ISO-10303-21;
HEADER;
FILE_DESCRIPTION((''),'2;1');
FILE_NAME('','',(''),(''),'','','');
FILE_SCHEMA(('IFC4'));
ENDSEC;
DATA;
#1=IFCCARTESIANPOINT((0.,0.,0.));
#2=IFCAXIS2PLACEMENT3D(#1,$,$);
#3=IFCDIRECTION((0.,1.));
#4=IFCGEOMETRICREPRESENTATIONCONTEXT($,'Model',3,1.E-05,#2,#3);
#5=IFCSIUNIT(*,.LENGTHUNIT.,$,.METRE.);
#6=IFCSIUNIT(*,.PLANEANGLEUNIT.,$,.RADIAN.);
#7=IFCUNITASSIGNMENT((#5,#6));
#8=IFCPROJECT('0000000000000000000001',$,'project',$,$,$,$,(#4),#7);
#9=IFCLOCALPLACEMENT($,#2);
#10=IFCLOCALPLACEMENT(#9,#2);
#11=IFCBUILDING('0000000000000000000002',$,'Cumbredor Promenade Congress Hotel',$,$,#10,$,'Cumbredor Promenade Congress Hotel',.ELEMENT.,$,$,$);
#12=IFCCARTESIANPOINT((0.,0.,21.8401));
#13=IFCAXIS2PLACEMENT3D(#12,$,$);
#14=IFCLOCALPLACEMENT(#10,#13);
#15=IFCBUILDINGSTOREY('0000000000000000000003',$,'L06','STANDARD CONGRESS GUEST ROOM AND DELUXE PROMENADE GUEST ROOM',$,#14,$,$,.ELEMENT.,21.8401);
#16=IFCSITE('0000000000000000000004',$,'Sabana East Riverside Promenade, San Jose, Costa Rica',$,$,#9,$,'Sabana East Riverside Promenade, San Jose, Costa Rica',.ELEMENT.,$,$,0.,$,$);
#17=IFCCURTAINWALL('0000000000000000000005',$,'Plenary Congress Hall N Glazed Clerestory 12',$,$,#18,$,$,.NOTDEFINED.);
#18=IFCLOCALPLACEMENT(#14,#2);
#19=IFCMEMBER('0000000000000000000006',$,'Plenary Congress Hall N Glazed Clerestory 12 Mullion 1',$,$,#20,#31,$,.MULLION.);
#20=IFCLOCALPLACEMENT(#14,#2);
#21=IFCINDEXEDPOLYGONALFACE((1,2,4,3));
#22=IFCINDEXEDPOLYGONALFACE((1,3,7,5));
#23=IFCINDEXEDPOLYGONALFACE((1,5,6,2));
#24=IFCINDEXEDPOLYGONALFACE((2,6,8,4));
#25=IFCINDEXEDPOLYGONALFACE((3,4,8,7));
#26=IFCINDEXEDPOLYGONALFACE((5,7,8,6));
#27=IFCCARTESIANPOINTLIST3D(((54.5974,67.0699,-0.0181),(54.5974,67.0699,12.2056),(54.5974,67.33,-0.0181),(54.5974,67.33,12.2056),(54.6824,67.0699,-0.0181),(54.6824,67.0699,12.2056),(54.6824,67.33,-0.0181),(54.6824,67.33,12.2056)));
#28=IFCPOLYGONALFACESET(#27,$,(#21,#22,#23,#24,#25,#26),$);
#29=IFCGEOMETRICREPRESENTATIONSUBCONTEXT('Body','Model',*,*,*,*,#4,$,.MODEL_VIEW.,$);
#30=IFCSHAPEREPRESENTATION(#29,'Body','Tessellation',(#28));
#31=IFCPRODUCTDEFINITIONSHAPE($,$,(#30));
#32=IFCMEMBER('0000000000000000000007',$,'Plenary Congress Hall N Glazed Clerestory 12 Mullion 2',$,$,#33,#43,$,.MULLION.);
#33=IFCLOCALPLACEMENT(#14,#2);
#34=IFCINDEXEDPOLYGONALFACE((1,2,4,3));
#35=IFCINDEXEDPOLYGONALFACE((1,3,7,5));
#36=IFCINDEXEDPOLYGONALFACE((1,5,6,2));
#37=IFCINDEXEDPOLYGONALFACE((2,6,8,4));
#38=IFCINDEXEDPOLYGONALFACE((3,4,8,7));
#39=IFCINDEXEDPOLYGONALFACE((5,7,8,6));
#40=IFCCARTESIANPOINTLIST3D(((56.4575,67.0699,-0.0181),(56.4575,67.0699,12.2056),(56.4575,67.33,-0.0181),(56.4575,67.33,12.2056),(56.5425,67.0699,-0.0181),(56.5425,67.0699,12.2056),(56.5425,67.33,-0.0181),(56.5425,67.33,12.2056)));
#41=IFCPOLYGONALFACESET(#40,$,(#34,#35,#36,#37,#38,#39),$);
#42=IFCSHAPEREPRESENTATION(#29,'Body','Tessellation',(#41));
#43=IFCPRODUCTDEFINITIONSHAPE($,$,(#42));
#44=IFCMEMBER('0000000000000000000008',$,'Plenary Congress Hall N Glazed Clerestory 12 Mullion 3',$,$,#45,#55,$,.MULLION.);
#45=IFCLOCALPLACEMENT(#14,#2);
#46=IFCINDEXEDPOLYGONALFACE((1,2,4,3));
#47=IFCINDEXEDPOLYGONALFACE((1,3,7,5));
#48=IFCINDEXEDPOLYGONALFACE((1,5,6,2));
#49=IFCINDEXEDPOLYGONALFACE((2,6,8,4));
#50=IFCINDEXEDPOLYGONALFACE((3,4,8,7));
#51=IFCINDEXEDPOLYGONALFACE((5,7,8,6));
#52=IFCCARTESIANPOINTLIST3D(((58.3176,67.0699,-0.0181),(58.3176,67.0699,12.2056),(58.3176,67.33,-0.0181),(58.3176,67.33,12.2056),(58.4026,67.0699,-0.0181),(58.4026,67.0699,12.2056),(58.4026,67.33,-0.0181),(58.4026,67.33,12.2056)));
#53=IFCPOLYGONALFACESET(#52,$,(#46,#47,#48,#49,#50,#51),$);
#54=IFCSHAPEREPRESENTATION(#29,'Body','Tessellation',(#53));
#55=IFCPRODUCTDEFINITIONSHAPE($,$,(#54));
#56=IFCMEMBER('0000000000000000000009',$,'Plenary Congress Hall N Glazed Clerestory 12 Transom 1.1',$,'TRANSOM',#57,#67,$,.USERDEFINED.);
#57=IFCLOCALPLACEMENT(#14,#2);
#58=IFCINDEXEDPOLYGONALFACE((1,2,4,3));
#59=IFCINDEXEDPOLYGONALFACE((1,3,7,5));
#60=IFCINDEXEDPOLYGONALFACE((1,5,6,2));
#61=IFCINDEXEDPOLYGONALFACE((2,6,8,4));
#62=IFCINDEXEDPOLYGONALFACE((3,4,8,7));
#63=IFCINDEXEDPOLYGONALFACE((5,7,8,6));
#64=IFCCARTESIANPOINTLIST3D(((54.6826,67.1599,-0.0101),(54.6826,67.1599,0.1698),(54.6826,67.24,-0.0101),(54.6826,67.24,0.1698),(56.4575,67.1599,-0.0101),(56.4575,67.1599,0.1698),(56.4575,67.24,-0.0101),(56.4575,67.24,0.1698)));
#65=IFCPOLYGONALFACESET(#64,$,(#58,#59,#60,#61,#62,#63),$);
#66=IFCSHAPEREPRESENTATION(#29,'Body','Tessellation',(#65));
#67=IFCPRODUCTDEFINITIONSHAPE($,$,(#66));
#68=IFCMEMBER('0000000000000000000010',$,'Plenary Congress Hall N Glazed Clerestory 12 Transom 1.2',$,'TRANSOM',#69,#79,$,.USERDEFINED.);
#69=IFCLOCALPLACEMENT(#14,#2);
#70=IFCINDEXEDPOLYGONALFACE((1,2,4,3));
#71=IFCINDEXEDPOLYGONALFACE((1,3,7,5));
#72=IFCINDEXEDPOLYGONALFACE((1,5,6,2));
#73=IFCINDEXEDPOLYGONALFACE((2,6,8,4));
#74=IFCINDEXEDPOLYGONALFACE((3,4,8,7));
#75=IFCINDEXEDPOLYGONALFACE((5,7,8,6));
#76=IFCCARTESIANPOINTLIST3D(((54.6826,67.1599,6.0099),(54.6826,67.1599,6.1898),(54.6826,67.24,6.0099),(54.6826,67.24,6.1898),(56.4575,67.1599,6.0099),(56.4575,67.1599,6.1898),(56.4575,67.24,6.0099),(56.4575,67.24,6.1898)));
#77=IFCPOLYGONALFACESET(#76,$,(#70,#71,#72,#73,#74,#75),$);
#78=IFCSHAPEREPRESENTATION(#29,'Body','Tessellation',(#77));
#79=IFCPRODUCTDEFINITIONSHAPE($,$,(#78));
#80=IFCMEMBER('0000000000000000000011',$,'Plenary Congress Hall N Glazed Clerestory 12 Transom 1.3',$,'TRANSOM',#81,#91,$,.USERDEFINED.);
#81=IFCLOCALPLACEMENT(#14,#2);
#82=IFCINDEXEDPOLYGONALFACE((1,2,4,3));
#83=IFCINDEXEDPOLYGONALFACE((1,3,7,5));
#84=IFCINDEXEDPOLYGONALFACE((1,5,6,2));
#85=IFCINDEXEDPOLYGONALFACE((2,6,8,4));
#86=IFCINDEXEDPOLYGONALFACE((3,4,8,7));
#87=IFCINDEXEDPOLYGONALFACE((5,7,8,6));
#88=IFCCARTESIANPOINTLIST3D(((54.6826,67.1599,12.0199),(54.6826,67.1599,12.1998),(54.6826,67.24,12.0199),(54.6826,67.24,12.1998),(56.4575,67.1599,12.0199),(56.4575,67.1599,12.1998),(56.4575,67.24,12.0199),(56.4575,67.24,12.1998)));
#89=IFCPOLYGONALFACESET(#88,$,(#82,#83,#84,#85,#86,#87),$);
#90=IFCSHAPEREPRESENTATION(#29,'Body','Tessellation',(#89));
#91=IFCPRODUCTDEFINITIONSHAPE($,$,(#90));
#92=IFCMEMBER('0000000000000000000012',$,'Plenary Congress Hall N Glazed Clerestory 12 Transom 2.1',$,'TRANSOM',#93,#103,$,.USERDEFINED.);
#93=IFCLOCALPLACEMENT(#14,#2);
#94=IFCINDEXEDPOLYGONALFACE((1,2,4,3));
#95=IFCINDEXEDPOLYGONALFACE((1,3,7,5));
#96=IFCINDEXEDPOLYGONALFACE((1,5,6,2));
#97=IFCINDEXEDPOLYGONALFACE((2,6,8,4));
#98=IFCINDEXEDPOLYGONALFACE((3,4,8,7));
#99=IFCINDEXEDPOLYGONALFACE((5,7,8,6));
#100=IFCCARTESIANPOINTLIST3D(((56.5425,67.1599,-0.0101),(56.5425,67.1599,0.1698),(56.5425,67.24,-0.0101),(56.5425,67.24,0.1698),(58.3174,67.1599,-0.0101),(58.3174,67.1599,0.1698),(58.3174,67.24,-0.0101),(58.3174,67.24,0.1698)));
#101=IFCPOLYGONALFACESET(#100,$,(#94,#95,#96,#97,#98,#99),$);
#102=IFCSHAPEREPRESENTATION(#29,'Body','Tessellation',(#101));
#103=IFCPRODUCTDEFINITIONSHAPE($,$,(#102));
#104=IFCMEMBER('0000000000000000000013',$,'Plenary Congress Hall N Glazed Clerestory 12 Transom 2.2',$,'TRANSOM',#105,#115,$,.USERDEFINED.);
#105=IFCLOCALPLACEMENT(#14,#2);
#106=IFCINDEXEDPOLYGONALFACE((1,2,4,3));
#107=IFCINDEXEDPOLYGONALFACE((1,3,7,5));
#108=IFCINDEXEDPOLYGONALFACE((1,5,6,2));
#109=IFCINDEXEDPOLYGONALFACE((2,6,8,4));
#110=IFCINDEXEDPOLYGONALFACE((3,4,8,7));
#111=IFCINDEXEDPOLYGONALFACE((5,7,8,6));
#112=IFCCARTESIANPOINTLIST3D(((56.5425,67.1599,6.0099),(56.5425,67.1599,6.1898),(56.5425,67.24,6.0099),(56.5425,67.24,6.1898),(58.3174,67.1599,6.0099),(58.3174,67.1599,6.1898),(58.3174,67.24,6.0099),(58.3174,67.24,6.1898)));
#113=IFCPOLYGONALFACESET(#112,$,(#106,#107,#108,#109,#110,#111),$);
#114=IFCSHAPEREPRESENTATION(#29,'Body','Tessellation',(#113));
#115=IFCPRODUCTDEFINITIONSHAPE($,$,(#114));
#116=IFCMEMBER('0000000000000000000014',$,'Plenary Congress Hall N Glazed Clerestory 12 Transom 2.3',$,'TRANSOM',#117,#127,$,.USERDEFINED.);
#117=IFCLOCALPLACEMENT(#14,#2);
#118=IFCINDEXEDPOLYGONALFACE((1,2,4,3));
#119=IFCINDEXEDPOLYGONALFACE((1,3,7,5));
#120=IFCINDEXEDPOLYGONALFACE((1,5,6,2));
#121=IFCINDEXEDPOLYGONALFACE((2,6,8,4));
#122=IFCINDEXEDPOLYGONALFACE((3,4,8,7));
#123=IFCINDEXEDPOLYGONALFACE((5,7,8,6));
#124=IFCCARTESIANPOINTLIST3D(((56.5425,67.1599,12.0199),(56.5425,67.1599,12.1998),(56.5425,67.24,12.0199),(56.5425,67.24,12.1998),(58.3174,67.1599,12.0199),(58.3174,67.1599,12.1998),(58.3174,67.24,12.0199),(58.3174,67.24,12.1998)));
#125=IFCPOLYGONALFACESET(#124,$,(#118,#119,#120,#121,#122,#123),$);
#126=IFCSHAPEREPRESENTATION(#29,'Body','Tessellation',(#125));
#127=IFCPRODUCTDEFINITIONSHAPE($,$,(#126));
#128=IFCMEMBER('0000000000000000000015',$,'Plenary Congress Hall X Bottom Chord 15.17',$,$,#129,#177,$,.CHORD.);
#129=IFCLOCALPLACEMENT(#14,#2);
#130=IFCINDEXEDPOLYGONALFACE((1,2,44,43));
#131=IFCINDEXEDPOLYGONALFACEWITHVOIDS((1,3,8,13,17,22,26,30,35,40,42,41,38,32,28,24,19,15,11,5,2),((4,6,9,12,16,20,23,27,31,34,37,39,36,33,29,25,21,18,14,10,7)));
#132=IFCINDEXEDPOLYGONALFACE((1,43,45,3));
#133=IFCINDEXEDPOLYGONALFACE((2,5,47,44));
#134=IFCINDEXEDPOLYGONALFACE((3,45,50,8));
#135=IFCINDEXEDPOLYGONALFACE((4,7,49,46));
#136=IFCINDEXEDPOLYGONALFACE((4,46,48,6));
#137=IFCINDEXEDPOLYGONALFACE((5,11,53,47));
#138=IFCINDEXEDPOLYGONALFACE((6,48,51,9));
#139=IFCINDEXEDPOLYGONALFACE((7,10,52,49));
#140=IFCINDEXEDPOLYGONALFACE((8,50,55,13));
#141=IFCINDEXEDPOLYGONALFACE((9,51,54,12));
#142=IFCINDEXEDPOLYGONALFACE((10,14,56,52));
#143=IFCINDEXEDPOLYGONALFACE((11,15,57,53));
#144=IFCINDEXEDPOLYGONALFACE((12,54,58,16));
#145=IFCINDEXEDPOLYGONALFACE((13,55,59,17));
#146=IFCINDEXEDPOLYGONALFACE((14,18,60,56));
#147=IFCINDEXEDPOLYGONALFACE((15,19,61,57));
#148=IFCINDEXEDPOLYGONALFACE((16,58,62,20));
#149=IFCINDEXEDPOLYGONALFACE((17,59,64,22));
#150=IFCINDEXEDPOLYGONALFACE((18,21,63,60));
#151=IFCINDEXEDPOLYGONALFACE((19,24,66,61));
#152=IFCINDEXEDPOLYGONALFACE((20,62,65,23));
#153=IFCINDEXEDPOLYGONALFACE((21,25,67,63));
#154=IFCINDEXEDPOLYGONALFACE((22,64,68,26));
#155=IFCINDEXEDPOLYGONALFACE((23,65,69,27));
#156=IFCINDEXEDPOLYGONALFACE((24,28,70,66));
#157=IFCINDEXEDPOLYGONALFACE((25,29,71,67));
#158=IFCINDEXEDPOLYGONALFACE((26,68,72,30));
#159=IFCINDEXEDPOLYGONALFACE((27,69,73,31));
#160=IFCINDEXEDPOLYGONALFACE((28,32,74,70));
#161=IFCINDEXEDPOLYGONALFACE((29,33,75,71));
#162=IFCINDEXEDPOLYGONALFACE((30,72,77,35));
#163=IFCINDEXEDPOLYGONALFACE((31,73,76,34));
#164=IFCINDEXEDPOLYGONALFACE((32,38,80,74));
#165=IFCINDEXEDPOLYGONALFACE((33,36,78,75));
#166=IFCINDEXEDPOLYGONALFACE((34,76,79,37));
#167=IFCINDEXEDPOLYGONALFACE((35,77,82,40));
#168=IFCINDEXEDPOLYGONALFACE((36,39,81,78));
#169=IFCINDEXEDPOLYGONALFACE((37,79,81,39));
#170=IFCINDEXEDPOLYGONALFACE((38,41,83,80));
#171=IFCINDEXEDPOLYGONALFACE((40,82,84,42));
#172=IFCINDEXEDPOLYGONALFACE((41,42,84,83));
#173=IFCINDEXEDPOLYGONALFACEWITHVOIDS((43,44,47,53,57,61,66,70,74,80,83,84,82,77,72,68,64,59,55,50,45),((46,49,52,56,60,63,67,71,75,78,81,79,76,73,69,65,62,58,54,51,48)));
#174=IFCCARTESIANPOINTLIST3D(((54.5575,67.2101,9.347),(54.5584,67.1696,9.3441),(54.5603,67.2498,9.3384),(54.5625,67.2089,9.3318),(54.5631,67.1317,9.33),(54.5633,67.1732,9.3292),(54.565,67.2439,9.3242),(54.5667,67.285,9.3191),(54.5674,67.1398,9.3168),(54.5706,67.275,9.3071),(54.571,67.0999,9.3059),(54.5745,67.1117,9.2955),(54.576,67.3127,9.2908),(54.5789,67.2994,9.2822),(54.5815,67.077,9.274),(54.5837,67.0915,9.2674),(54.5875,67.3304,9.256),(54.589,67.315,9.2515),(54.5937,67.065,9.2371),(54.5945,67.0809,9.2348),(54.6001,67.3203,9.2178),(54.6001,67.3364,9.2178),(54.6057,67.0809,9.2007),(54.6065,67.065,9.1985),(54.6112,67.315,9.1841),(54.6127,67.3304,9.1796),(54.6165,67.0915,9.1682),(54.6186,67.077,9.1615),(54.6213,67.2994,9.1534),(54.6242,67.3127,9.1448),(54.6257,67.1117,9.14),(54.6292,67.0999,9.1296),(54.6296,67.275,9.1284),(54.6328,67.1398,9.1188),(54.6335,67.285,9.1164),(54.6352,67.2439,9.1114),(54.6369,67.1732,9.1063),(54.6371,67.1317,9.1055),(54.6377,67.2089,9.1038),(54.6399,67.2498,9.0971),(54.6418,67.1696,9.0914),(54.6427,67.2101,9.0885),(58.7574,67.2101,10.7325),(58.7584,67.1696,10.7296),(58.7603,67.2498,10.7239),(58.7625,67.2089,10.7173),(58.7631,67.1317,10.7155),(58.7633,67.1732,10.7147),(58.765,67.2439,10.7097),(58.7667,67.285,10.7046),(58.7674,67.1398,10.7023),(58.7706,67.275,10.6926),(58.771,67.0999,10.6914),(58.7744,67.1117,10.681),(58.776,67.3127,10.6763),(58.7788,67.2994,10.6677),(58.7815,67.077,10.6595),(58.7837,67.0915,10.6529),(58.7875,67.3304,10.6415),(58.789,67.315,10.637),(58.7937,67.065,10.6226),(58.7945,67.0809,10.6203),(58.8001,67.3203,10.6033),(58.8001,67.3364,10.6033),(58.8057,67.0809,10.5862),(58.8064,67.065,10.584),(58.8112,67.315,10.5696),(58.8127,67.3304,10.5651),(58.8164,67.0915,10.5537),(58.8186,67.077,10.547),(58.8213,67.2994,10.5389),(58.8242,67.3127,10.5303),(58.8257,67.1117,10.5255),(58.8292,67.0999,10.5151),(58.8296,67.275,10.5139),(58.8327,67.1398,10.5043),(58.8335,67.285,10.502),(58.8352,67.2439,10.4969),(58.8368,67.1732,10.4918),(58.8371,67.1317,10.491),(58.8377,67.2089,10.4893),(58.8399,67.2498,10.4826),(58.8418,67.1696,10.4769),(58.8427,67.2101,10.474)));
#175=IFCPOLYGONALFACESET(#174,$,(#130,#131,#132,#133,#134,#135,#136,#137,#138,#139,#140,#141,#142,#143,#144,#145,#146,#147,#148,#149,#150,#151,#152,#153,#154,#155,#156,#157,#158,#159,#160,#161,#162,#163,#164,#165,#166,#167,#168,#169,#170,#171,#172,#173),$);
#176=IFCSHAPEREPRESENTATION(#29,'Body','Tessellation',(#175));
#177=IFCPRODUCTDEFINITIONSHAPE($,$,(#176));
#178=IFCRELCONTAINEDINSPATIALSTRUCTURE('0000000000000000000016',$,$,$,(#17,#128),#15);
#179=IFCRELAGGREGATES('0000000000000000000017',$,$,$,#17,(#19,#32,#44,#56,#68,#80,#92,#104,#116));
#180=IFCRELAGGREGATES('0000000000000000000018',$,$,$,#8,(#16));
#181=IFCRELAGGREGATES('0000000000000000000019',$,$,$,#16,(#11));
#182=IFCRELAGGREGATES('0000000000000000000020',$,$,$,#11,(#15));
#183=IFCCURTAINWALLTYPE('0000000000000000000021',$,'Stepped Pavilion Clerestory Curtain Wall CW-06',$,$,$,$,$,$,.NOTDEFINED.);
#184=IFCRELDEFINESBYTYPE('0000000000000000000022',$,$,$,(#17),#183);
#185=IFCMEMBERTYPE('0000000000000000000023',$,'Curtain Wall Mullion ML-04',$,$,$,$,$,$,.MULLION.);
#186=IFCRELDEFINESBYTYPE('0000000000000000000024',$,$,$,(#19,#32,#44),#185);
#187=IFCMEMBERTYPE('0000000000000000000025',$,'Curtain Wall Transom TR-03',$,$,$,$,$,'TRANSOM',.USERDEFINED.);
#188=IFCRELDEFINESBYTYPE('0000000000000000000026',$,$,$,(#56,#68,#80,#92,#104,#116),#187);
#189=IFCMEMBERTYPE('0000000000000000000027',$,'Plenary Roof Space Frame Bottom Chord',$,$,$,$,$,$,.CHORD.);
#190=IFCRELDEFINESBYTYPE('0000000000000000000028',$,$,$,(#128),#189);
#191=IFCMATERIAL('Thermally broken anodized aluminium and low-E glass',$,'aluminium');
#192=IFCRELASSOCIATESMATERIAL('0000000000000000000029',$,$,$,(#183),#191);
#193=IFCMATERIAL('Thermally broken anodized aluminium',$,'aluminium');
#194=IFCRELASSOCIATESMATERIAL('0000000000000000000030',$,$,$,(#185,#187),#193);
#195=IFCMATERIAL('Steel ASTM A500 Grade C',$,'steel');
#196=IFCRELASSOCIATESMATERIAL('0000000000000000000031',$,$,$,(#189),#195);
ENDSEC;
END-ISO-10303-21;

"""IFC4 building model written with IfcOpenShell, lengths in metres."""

from ifc_helpers import new_model, si_unit, direction, frame, origin, origin_2d, place, context, subcontext, project, spatial, rectangle, hollow_circle, extrude, material, material_profile, profile_set, type_object, element, aggregate, save


model = new_model("IFC4")

# Units and contexts
model_context = context("Model", 3, precision=1e-05, world=origin(), true_north=direction((0.0, 1.0)))
body_context = subcontext(model_context, "Body", "Model", "MODEL_VIEW")
ifc_project = project(units=[si_unit("LENGTHUNIT", "METRE"), si_unit("PLANEANGLEUNIT", "RADIAN")], contexts=[model_context])

# Site, building, storey
site_placement = place(None, origin())
site = spatial("IfcSite", under=ifc_project, at=site_placement, Name="Sabana East Riverside Promenade, San Jose, Costa Rica", LongName="Sabana East Riverside Promenade, San Jose, Costa Rica", CompositionType="ELEMENT", RefElevation=0.0)
building_placement = place(site_placement, origin())
building = spatial("IfcBuilding", under=site, at=building_placement, Name="Cumbredor Promenade Congress Hotel", LongName="Cumbredor Promenade Congress Hotel", CompositionType="ELEMENT")
storey_placement = place(building_placement, frame((0.0, 0.0, 21.8401)))
storey = spatial("IfcBuildingStorey", under=building, at=storey_placement, Name="L06", Description="STANDARD CONGRESS GUEST ROOM AND DELUXE PROMENADE GUEST ROOM", CompositionType="ELEMENT", Elevation=21.8401)

# Curtain wall, members
ifc_material_1 = material(Name="Thermally broken anodized aluminium and low-E glass", Category="aluminium")
curtain_wall_type = type_object("IfcCurtainWallType", Name="Stepped Pavilion Clerestory Curtain Wall CW-06", PredefinedType="NOTDEFINED", material=ifc_material_1)
curtain_wall_placement = place(storey_placement, origin())
curtain_wall = element("IfcCurtainWall", 1, at=curtain_wall_placement, inside=storey, type_object=curtain_wall_type, Name="Plenary Congress Hall N Glazed Clerestory 12", PredefinedType="NOTDEFINED")
ifc_material_2 = material(Name="Thermally broken anodized aluminium", Category="aluminium")
ifc_material_profile_1 = material_profile(ifc_material_2, rectangle(XDim=0.085, YDim=0.26, at=origin_2d()), Name="ALU MULLION CLERESTORY 85x260")
ifc_profile_set_1 = profile_set([ifc_material_profile_1], Name="Thermally broken anodized aluminium")
member_type_1 = type_object("IfcMemberType", Name="Curtain Wall Mullion ML-04", PredefinedType="MULLION", material=ifc_profile_set_1)
member_1_placement = place(storey_placement, frame((54.6399, 67.2, -0.0181), z_axis=(0.0, 0.0, 1.0), x_axis=(1.0, 0.0, 0.0)))
member_1 = element("IfcMember", 2, at=member_1_placement, type_object=member_type_1, Name="Plenary Congress Hall N Glazed Clerestory 12 Mullion 1", PredefinedType="MULLION", context=body_context, shape_type="SweptSolid", body=[
    extrude(rectangle(XDim=0.085, YDim=0.26, at=origin_2d()), origin(), (0.0, 0.0, 1.0), 12.2236),
])
member_2_placement = place(storey_placement, frame((56.5, 67.2, -0.0181), z_axis=(0.0, 0.0, 1.0), x_axis=(1.0, 0.0, 0.0)))
member_2 = element("IfcMember", 3, at=member_2_placement, type_object=member_type_1, Name="Plenary Congress Hall N Glazed Clerestory 12 Mullion 2", PredefinedType="MULLION", context=body_context, shape_type="SweptSolid", body=[
    extrude(rectangle(XDim=0.085, YDim=0.26, at=origin_2d()), origin(), (0.0, 0.0, 1.0), 12.2236),
])
member_3_placement = place(storey_placement, frame((58.3601, 67.2, -0.0181), z_axis=(0.0, 0.0, 1.0), x_axis=(1.0, 0.0, 0.0)))
member_3 = element("IfcMember", 4, at=member_3_placement, type_object=member_type_1, Name="Plenary Congress Hall N Glazed Clerestory 12 Mullion 3", PredefinedType="MULLION", context=body_context, shape_type="SweptSolid", body=[
    extrude(rectangle(XDim=0.085, YDim=0.26, at=origin_2d()), origin(), (0.0, 0.0, 1.0), 12.2236),
])
ifc_material_profile_2 = material_profile(ifc_material_2, rectangle(XDim=0.0801, YDim=0.1799, at=origin_2d()), Name="ALU TRANSOM 80x180")
ifc_profile_set_2 = profile_set([ifc_material_profile_2], Name="Thermally broken anodized aluminium")
member_type_2 = type_object("IfcMemberType", Name="Curtain Wall Transom TR-03", ElementType="TRANSOM", PredefinedType="USERDEFINED", material=ifc_profile_set_2)
member_4_placement = place(storey_placement, frame((54.6826, 67.2, 0.0798), z_axis=(1.0, 0.0, 0.0), x_axis=(0.0, 1.0, 0.0)))
member_4 = element("IfcMember", 5, at=member_4_placement, type_object=member_type_2, Name="Plenary Congress Hall N Glazed Clerestory 12 Transom 1.1", ObjectType="TRANSOM", PredefinedType="USERDEFINED", context=body_context, shape_type="SweptSolid", body=[
    extrude(rectangle(XDim=0.0801, YDim=0.1799, at=origin_2d()), origin(), (0.0, 0.0, 1.0), 1.7749),
])
member_5_placement = place(storey_placement, frame((54.6826, 67.2, 6.0999), z_axis=(1.0, 0.0, 0.0), x_axis=(0.0, 1.0, 0.0)))
member_5 = element("IfcMember", 6, at=member_5_placement, type_object=member_type_2, Name="Plenary Congress Hall N Glazed Clerestory 12 Transom 1.2", ObjectType="TRANSOM", PredefinedType="USERDEFINED", context=body_context, shape_type="SweptSolid", body=[
    extrude(rectangle(XDim=0.0801, YDim=0.1799, at=origin_2d()), origin(), (0.0, 0.0, 1.0), 1.7749),
])
member_6_placement = place(storey_placement, frame((54.6826, 67.2, 12.1099), z_axis=(1.0, 0.0, 0.0), x_axis=(0.0, 1.0, 0.0)))
member_6 = element("IfcMember", 7, at=member_6_placement, type_object=member_type_2, Name="Plenary Congress Hall N Glazed Clerestory 12 Transom 1.3", ObjectType="TRANSOM", PredefinedType="USERDEFINED", context=body_context, shape_type="SweptSolid", body=[
    extrude(rectangle(XDim=0.0801, YDim=0.1799, at=origin_2d()), origin(), (0.0, 0.0, 1.0), 1.7749),
])
member_7_placement = place(storey_placement, frame((56.5425, 67.2, 0.0798), z_axis=(1.0, 0.0, 0.0), x_axis=(0.0, 1.0, 0.0)))
member_7 = element("IfcMember", 8, at=member_7_placement, type_object=member_type_2, Name="Plenary Congress Hall N Glazed Clerestory 12 Transom 2.1", ObjectType="TRANSOM", PredefinedType="USERDEFINED", context=body_context, shape_type="SweptSolid", body=[
    extrude(rectangle(XDim=0.0801, YDim=0.1799, at=origin_2d()), origin(), (0.0, 0.0, 1.0), 1.7749),
])
member_8_placement = place(storey_placement, frame((56.5425, 67.2, 6.0999), z_axis=(1.0, 0.0, 0.0), x_axis=(0.0, 1.0, 0.0)))
member_8 = element("IfcMember", 9, at=member_8_placement, type_object=member_type_2, Name="Plenary Congress Hall N Glazed Clerestory 12 Transom 2.2", ObjectType="TRANSOM", PredefinedType="USERDEFINED", context=body_context, shape_type="SweptSolid", body=[
    extrude(rectangle(XDim=0.0801, YDim=0.1799, at=origin_2d()), origin(), (0.0, 0.0, 1.0), 1.7749),
])
member_9_placement = place(storey_placement, frame((56.5425, 67.2, 12.1099), z_axis=(1.0, 0.0, 0.0), x_axis=(0.0, 1.0, 0.0)))
member_9 = element("IfcMember", 10, at=member_9_placement, type_object=member_type_2, Name="Plenary Congress Hall N Glazed Clerestory 12 Transom 2.3", ObjectType="TRANSOM", PredefinedType="USERDEFINED", context=body_context, shape_type="SweptSolid", body=[
    extrude(rectangle(XDim=0.0801, YDim=0.1799, at=origin_2d()), origin(), (0.0, 0.0, 1.0), 1.7749),
])

# Member
ifc_material_3 = material(Name="Steel ASTM A500 Grade C", Category="steel")
ifc_material_profile_3 = material_profile(ifc_material_3, hollow_circle(Radius=0.1365, WallThickness=0.0161, at=origin_2d()), Name="CHS 273.0x16")
ifc_profile_set_3 = profile_set([ifc_material_profile_3], Name="Steel ASTM A500 Grade C")
member_type_3 = type_object("IfcMemberType", Name="Plenary Roof Space Frame Bottom Chord", PredefinedType="CHORD", material=ifc_profile_set_3)
member_10_placement = place(storey_placement, frame((54.6001, 67.2, 9.2178), z_axis=(0.949661, 0.0, 0.313278), x_axis=(0.0, 1.0, 0.0)))
element("IfcMember", 11, at=member_10_placement, inside=storey, type_object=member_type_3, Name="Plenary Congress Hall X Bottom Chord 15.17", PredefinedType="CHORD", context=body_context, shape_type="SweptSolid", body=[
    extrude(hollow_circle(Radius=0.1365, WallThickness=0.0161, at=origin_2d()), origin(), (0.0, 0.0, 1.0), 4.4226),
])

aggregate(curtain_wall, [member_1, member_2, member_3, member_4, member_5, member_6, member_7, member_8, member_9])

save(model, "model.ifc")
